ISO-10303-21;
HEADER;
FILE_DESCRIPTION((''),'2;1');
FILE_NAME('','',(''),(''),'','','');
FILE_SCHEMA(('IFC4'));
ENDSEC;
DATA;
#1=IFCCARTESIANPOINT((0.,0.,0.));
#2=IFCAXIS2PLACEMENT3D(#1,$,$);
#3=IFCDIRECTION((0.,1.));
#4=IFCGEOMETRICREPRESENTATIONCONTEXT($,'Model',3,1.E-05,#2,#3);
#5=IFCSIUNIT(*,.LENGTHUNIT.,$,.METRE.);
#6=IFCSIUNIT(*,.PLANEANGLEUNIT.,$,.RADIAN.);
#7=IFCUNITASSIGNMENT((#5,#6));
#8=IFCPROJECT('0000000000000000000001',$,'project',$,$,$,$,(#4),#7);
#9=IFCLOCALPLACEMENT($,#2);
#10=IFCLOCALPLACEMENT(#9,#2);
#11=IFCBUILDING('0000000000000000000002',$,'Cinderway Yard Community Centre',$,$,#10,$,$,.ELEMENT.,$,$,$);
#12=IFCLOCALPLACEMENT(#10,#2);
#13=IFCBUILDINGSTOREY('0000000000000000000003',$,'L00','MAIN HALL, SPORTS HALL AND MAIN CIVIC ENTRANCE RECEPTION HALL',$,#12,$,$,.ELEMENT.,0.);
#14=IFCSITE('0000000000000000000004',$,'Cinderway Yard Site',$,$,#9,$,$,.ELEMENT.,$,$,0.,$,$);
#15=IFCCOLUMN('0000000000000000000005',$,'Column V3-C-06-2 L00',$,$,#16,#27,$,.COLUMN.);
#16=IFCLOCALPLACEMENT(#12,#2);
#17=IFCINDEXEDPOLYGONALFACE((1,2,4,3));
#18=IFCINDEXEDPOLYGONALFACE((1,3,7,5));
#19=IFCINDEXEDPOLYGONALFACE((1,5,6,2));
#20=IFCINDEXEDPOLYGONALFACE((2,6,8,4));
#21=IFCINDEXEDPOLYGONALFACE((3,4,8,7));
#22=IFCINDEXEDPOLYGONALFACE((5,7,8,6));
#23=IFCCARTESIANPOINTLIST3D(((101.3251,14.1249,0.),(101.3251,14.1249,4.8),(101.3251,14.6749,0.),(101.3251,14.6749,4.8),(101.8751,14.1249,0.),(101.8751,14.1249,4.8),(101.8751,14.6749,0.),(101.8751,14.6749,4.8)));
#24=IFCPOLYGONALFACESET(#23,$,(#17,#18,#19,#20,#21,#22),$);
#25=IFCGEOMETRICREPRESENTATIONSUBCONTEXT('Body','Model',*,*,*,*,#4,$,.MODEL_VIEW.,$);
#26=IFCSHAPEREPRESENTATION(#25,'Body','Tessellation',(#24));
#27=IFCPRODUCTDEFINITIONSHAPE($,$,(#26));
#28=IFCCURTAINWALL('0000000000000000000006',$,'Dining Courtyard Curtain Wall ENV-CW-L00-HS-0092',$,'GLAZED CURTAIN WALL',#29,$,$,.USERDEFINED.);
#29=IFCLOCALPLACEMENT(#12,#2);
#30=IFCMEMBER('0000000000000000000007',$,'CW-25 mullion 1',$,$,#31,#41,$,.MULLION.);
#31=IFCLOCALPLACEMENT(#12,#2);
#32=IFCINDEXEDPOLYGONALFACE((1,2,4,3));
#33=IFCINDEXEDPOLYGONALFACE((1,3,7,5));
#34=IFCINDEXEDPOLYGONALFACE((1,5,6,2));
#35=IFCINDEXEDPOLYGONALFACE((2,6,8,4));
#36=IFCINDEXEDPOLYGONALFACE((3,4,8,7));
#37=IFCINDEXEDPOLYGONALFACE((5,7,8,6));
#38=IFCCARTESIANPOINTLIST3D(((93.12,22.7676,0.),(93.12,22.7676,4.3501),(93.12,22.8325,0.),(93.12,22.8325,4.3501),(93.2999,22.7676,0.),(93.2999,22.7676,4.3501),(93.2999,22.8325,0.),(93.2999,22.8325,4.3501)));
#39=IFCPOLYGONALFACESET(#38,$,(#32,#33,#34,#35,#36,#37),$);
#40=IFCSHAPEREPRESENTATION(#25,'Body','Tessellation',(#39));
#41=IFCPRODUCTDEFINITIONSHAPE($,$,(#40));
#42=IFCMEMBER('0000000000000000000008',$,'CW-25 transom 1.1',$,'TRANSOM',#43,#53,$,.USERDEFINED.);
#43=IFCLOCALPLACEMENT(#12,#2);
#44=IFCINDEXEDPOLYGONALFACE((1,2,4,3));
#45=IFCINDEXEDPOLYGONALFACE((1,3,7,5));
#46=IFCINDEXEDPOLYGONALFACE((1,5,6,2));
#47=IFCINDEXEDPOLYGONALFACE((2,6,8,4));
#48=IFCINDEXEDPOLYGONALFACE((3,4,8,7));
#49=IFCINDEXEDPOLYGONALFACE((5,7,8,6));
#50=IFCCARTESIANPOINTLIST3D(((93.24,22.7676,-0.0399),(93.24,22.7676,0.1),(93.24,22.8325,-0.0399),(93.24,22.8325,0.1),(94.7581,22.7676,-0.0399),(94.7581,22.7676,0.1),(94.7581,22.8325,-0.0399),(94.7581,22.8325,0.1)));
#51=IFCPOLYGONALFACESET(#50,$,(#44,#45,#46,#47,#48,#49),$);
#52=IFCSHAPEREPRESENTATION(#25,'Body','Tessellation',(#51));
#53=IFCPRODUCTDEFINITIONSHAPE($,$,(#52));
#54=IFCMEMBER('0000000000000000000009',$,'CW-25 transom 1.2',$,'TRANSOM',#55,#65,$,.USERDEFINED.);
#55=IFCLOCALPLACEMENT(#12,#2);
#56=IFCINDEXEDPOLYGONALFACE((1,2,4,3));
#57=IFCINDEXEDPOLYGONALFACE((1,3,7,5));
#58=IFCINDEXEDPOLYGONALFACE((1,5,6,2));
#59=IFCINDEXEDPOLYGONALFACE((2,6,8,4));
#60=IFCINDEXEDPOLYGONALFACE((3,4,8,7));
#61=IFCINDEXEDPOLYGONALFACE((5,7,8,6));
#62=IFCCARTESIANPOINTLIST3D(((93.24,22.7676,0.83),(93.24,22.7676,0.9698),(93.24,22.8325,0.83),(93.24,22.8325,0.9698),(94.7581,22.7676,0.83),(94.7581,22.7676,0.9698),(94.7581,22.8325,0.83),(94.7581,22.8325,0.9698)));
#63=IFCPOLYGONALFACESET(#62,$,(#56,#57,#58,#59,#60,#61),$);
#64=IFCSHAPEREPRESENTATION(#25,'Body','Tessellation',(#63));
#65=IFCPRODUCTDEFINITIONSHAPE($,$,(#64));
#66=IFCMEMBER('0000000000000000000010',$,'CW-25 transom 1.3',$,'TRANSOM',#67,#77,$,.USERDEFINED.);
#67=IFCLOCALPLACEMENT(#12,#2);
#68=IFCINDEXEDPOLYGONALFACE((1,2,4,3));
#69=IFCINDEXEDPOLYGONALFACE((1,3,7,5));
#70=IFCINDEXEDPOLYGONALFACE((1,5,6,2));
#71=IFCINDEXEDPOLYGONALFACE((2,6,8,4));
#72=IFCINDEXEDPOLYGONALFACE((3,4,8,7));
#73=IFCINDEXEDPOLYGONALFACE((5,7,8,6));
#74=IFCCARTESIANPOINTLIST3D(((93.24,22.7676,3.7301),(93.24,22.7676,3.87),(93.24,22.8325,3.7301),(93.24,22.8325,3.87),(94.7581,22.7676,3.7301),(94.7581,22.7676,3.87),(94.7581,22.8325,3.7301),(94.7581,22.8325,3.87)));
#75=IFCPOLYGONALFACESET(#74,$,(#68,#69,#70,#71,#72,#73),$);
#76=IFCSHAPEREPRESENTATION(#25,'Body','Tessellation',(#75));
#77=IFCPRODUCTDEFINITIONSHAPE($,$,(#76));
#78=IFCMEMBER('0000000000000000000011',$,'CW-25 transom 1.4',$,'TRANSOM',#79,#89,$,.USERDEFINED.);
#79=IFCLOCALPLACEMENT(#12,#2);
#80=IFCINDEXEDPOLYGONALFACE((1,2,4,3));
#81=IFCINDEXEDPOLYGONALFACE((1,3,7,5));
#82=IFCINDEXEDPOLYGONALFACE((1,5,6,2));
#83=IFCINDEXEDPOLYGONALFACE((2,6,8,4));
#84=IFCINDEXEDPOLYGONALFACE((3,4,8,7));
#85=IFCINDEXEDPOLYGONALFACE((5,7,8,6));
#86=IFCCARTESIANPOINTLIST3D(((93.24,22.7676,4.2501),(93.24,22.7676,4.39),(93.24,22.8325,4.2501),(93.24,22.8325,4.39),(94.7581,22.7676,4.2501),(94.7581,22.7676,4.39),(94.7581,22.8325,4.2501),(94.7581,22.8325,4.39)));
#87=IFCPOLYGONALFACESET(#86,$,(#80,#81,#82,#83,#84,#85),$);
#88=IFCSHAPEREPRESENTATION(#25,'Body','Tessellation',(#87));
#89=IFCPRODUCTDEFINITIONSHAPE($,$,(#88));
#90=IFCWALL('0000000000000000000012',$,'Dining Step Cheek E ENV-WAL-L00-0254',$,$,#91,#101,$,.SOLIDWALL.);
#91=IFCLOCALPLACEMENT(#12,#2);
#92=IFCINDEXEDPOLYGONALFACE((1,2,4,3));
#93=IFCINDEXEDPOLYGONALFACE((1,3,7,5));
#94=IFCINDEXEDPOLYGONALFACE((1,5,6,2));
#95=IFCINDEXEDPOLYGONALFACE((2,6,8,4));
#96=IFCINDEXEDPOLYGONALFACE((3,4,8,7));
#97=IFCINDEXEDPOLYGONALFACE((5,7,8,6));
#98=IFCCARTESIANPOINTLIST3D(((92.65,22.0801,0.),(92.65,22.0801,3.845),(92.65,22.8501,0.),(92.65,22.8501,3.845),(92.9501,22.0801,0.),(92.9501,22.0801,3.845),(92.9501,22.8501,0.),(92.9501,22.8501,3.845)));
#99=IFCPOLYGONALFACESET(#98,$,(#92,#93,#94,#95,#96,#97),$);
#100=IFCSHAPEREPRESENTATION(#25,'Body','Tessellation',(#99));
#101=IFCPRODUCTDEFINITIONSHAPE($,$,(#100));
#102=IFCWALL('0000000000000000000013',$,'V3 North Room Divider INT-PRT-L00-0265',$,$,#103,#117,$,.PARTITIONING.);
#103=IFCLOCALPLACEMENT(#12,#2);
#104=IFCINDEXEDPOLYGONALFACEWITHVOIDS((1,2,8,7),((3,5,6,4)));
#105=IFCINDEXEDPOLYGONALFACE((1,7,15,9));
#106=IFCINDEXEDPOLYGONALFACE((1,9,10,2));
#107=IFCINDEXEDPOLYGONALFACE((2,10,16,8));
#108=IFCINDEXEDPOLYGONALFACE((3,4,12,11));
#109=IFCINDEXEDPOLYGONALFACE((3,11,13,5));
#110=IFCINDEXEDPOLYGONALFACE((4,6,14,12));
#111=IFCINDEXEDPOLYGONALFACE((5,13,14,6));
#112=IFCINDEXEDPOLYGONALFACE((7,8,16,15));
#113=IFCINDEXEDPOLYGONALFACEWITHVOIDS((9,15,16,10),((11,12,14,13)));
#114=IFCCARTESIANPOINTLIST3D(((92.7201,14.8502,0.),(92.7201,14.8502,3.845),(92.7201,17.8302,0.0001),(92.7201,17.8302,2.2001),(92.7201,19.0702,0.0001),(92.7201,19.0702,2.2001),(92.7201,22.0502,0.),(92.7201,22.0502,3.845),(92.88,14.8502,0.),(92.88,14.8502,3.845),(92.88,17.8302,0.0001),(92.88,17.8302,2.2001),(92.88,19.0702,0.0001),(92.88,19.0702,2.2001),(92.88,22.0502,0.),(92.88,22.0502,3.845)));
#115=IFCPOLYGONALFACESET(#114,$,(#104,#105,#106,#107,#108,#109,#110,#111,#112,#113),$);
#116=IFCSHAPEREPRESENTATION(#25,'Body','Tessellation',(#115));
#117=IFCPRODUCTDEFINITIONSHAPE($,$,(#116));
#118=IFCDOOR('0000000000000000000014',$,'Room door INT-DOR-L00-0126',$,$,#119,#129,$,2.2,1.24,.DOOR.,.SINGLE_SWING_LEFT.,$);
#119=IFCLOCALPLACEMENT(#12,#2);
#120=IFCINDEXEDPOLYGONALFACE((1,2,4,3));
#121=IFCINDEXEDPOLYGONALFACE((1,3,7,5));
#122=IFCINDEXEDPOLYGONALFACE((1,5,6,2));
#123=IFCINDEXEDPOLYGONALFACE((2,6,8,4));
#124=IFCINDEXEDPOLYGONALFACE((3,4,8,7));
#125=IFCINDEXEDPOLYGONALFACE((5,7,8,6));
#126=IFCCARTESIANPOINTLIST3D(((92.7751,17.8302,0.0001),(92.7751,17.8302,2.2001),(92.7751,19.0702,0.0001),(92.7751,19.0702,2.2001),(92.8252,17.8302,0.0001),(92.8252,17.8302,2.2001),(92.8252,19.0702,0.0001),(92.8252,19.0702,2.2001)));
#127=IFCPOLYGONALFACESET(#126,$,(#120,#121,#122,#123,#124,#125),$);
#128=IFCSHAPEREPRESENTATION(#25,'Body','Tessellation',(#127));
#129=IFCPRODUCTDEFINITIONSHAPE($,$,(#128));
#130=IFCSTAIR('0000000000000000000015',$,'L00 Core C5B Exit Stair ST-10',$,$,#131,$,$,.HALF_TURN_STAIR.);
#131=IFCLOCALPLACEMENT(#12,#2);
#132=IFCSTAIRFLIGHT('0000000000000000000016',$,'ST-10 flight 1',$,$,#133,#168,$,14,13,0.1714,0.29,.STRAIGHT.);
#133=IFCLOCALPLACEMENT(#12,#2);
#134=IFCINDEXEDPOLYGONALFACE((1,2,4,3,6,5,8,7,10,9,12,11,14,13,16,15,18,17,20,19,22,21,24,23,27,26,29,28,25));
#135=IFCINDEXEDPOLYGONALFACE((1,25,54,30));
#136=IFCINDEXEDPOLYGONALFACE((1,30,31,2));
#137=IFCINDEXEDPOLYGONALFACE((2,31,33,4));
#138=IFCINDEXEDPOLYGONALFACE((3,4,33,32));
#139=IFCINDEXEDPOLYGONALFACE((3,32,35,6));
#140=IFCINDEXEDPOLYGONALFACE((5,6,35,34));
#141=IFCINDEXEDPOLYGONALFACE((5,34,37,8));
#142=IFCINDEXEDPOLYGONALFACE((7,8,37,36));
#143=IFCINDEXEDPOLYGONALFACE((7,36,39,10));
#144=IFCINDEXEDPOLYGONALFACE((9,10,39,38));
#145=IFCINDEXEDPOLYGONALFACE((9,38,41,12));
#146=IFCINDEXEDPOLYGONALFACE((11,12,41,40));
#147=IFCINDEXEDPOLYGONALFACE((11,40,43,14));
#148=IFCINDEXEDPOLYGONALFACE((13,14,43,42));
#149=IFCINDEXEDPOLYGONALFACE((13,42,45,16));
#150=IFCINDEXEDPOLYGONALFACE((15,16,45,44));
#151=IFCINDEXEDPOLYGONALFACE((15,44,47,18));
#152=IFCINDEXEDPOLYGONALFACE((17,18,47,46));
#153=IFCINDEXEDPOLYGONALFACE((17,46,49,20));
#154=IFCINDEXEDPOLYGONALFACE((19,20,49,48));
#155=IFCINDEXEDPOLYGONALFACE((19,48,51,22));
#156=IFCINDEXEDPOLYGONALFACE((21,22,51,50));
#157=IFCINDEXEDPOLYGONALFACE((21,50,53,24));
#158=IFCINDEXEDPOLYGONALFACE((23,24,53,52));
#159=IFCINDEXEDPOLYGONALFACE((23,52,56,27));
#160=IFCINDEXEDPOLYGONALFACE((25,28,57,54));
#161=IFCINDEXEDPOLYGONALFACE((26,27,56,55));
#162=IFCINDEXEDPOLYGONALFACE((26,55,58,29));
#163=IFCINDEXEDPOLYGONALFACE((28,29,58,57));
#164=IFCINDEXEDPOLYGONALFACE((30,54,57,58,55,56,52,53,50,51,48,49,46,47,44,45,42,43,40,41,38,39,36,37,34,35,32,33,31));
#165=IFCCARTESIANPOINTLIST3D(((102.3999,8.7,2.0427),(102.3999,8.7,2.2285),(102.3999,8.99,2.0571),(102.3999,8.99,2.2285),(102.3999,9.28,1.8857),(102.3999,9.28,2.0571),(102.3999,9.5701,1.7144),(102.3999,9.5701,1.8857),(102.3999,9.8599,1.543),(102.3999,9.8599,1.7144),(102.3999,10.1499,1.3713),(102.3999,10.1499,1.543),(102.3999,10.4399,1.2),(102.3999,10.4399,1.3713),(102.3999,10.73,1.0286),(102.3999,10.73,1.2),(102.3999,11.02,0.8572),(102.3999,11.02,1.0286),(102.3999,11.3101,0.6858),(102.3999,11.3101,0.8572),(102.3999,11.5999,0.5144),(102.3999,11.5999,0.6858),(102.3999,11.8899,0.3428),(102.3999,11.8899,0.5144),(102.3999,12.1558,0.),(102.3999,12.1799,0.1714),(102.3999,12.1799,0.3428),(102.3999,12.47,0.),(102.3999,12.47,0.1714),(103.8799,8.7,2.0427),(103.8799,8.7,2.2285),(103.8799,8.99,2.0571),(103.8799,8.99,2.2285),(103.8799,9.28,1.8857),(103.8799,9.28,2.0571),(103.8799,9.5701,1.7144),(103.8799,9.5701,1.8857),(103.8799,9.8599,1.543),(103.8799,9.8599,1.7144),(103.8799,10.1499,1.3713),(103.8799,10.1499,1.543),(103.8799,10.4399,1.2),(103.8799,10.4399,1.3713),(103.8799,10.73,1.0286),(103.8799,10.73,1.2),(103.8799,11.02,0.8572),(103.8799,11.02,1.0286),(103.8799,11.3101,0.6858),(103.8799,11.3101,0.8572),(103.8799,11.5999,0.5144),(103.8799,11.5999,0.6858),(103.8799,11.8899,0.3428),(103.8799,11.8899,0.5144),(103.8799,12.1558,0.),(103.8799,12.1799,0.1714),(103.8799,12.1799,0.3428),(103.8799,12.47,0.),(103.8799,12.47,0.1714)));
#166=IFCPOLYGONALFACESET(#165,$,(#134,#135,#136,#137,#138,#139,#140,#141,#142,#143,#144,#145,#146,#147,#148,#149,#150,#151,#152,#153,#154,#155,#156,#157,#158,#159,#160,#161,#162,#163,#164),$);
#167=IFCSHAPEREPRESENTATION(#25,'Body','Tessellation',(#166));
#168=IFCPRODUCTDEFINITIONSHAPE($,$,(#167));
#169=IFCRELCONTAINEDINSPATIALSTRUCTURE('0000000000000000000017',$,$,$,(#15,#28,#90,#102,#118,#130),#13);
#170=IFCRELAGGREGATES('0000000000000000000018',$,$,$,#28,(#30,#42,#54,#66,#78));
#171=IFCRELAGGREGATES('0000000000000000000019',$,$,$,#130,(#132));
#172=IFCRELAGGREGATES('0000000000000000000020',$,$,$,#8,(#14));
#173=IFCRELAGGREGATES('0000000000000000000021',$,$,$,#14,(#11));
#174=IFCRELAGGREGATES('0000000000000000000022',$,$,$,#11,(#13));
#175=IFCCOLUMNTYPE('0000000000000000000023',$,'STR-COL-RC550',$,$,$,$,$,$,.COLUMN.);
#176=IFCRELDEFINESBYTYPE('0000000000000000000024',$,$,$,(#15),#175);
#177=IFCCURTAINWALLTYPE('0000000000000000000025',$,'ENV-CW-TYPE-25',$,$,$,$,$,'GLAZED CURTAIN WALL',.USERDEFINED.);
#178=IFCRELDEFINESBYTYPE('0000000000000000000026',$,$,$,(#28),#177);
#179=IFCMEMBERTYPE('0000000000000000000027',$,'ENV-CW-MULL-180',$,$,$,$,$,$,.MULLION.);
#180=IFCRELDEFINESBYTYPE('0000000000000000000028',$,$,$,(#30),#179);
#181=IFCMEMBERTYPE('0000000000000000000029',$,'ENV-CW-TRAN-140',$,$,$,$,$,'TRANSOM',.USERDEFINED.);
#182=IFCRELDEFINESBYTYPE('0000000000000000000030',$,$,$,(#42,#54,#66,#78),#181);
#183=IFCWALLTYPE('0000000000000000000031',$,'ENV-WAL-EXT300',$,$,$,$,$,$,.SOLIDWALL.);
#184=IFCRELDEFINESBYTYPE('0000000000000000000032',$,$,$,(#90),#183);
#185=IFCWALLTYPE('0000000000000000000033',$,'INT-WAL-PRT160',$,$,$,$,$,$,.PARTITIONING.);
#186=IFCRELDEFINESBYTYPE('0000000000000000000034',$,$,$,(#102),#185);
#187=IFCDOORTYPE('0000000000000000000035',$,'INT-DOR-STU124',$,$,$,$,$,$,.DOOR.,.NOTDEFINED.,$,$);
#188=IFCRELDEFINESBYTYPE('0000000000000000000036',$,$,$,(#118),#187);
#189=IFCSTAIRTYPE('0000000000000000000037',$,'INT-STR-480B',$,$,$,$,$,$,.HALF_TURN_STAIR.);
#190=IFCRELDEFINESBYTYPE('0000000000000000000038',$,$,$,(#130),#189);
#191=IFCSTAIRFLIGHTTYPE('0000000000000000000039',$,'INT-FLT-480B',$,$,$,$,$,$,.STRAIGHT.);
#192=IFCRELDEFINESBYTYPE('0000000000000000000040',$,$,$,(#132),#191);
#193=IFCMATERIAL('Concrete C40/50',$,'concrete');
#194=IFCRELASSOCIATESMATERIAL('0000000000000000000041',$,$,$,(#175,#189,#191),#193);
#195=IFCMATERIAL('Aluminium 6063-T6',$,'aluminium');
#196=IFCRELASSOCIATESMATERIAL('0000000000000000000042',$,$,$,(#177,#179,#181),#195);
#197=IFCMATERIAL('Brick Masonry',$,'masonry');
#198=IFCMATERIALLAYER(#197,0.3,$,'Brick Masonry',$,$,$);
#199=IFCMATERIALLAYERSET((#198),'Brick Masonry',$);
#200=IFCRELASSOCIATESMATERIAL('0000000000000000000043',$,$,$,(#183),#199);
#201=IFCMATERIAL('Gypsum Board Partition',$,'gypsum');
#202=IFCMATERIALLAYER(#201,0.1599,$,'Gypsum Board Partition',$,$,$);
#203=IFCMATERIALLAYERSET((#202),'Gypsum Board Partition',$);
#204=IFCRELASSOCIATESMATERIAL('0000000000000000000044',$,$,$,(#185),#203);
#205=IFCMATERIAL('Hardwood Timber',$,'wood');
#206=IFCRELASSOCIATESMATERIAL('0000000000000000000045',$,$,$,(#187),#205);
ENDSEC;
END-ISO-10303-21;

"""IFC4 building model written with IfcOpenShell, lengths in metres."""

from ifc_helpers import new_model, si_unit, direction, frame, frame_2d, origin, origin_2d, place, context, subcontext, project, spatial, polyline, rectangle, outline, extrude, material, layer, layer_set, material_profile, profile_set, type_object, element, fill, aggregate, save


model = new_model("IFC4")

# Units and contexts
model_context = context("Model", 3, precision=1e-05, world=origin(), true_north=direction((0.0, 1.0)))
body_context = subcontext(model_context, "Body", "Model", "MODEL_VIEW")
ifc_project = project(units=[si_unit("LENGTHUNIT", "METRE"), si_unit("PLANEANGLEUNIT", "RADIAN")], contexts=[model_context])

# Site, building, storey
site_placement = place(None, origin())
site = spatial("IfcSite", under=ifc_project, at=site_placement, Name="Cinderway Yard Site", CompositionType="ELEMENT", RefElevation=0.0)
building_placement = place(site_placement, origin())
building = spatial("IfcBuilding", under=site, at=building_placement, Name="Cinderway Yard Community Centre", CompositionType="ELEMENT")
storey_placement = place(building_placement, origin())
storey = spatial("IfcBuildingStorey", under=building, at=storey_placement, Name="L00", Description="MAIN HALL, SPORTS HALL AND MAIN CIVIC ENTRANCE RECEPTION HALL", CompositionType="ELEMENT", Elevation=0.0)

# Shared definitions
ifc_material_1 = material(Name="Concrete C40/50", Category="concrete")

# Column
ifc_material_profile_1 = material_profile(ifc_material_1, rectangle(XDim=0.55, YDim=0.55, at=origin_2d()), Name="Concrete C40/50")
ifc_profile_set_1 = profile_set([ifc_material_profile_1], Name="Concrete C40/50")
column_type = type_object("IfcColumnType", Name="STR-COL-RC550", PredefinedType="COLUMN", material=ifc_profile_set_1)
for number, where, z_axis, x_axis, name in (
    (1, (101.6001, 14.3999, 0.0), (0.0, 0.0, 1.0), (1.0, 0.0, 0.0), "Column V3-C-06-2 L00"),
):
    element("IfcColumn", number, at=place(storey_placement, frame(where, z_axis=z_axis, x_axis=x_axis)), inside=storey, type_object=column_type, Name=name, PredefinedType="COLUMN", context=body_context, shape_type="SweptSolid", body=[
        extrude(rectangle(XDim=0.55, YDim=0.55, at=origin_2d()), origin(), (0.0, 0.0, 1.0), 4.8),
    ])

# Curtain wall, members
ifc_material_2 = material(Name="Aluminium 6063-T6", Category="aluminium")
curtain_wall_type = type_object("IfcCurtainWallType", Name="ENV-CW-TYPE-25", ElementType="GLAZED CURTAIN WALL", PredefinedType="USERDEFINED", material=ifc_material_2)
curtain_wall_placement = place(storey_placement, origin())
curtain_wall = element("IfcCurtainWall", 2, at=curtain_wall_placement, inside=storey, type_object=curtain_wall_type, Name="Dining Courtyard Curtain Wall ENV-CW-L00-HS-0092", ObjectType="GLAZED CURTAIN WALL", PredefinedType="USERDEFINED")
ifc_material_profile_2 = material_profile(ifc_material_2, rectangle(XDim=0.0649, YDim=0.1799, at=origin_2d()), Name="Aluminium 6063-T6")
ifc_profile_set_2 = profile_set([ifc_material_profile_2], Name="Aluminium 6063-T6")
member_type_1 = type_object("IfcMemberType", Name="ENV-CW-MULL-180", PredefinedType="MULLION", material=ifc_profile_set_2)
member_1_placement = place(storey_placement, frame((93.21, 22.8, 0.0), z_axis=(0.0, 0.0, 1.0), x_axis=(0.0, 1.0, 0.0)))
member_1 = element("IfcMember", 3, at=member_1_placement, type_object=member_type_1, Name="CW-25 mullion 1", PredefinedType="MULLION", context=body_context, shape_type="SweptSolid", body=[
    extrude(rectangle(XDim=0.0649, YDim=0.1799, at=origin_2d()), origin(), (0.0, 0.0, 1.0), 4.3501),
])
ifc_material_profile_3 = material_profile(ifc_material_2, rectangle(XDim=0.0649, YDim=0.1399, at=origin_2d()), Name="Aluminium 6063-T6")
ifc_profile_set_3 = profile_set([ifc_material_profile_3], Name="Aluminium 6063-T6")
member_type_2 = type_object("IfcMemberType", Name="ENV-CW-TRAN-140", ElementType="TRANSOM", PredefinedType="USERDEFINED", material=ifc_profile_set_3)
member_2_placement = place(storey_placement, frame((93.24, 22.8, 0.03), z_axis=(1.0, 0.0, 0.0), x_axis=(0.0, 1.0, 0.0)))
member_2 = element("IfcMember", 4, at=member_2_placement, type_object=member_type_2, Name="CW-25 transom 1.1", ObjectType="TRANSOM", PredefinedType="USERDEFINED", context=body_context, shape_type="SweptSolid", body=[
    extrude(rectangle(XDim=0.0649, YDim=0.1399, at=origin_2d()), origin(), (0.0, 0.0, 1.0), 1.5181),
])
member_3_placement = place(storey_placement, frame((93.24, 22.8, 0.8999), z_axis=(1.0, 0.0, 0.0), x_axis=(0.0, 1.0, 0.0)))
member_3 = element("IfcMember", 5, at=member_3_placement, type_object=member_type_2, Name="CW-25 transom 1.2", ObjectType="TRANSOM", PredefinedType="USERDEFINED", context=body_context, shape_type="SweptSolid", body=[
    extrude(rectangle(XDim=0.0649, YDim=0.1399, at=origin_2d()), origin(), (0.0, 0.0, 1.0), 1.5181),
])
member_4_placement = place(storey_placement, frame((93.24, 22.8, 3.8), z_axis=(1.0, 0.0, 0.0), x_axis=(0.0, 1.0, 0.0)))
member_4 = element("IfcMember", 6, at=member_4_placement, type_object=member_type_2, Name="CW-25 transom 1.3", ObjectType="TRANSOM", PredefinedType="USERDEFINED", context=body_context, shape_type="SweptSolid", body=[
    extrude(rectangle(XDim=0.0649, YDim=0.1399, at=origin_2d()), origin(), (0.0, 0.0, 1.0), 1.5181),
])
member_5_placement = place(storey_placement, frame((93.24, 22.8, 4.3201), z_axis=(1.0, 0.0, 0.0), x_axis=(0.0, 1.0, 0.0)))
member_5 = element("IfcMember", 7, at=member_5_placement, type_object=member_type_2, Name="CW-25 transom 1.4", ObjectType="TRANSOM", PredefinedType="USERDEFINED", context=body_context, shape_type="SweptSolid", body=[
    extrude(rectangle(XDim=0.0649, YDim=0.1399, at=origin_2d()), origin(), (0.0, 0.0, 1.0), 1.5181),
])
aggregate(curtain_wall, [member_1, member_2, member_3, member_4, member_5])

# Wall
ifc_material_3 = material(Name="Brick Masonry", Category="masonry")
ifc_layer_1 = layer(ifc_material_3, 0.3, Name="Brick Masonry")
ifc_layer_set_1 = layer_set([ifc_layer_1], Name="Brick Masonry")
wall_type_1 = type_object("IfcWallType", Name="ENV-WAL-EXT300", PredefinedType="SOLIDWALL", material=ifc_layer_set_1)
wall_1_placement = place(storey_placement, frame((92.8, 22.0801, 0.0), z_axis=(0.0, 0.0, 1.0), x_axis=(0.0, 1.0, 0.0)))
element("IfcWall", 8, at=wall_1_placement, inside=storey, type_object=wall_type_1, Name="Dining Step Cheek E ENV-WAL-L00-0254", PredefinedType="SOLIDWALL", context=body_context, shape_type="SweptSolid", body=[
    extrude(rectangle(XDim=0.77, YDim=0.3, at=frame_2d((0.385, 0.0))), origin(), (0.0, 0.0, 1.0), 3.845),
])

# Wall, opening, door
ifc_material_4 = material(Name="Gypsum Board Partition", Category="gypsum")
ifc_layer_2 = layer(ifc_material_4, 0.1599, Name="Gypsum Board Partition")
ifc_layer_set_2 = layer_set([ifc_layer_2], Name="Gypsum Board Partition")
wall_type_2 = type_object("IfcWallType", Name="INT-WAL-PRT160", PredefinedType="PARTITIONING", material=ifc_layer_set_2)
wall_2_placement = place(storey_placement, frame((92.8, 14.8501, 0.0), z_axis=(0.0, 0.0, 1.0), x_axis=(0.0, 1.0, 0.0)))
wall_2 = element("IfcWall", 9, at=wall_2_placement, inside=storey, type_object=wall_type_2, Name="V3 North Room Divider INT-PRT-L00-0265", PredefinedType="PARTITIONING", context=body_context, shape_type="SweptSolid", body=[
    extrude(rectangle(XDim=7.2, YDim=0.1599, at=frame_2d((3.6001, 0.0))), origin(), (0.0, 0.0, 1.0), 3.845),
])
opening_1_placement = place(wall_2_placement, frame((2.98, 0.0, 0.0)))
opening_1 = element("IfcOpeningElement", 10, at=opening_1_placement, cuts=wall_2, PredefinedType="OPENING", context=body_context, shape_type="SweptSolid", body=[
    extrude(rectangle(XDim=1.24, YDim=2.2, at=frame_2d((0.6201, 1.1001))), frame((0.0, 0.0898, 0.0), z_axis=(0.0, -1.0, 0.0), x_axis=(1.0, 0.0, 0.0)), (0.0, 0.0, 1.0), 0.1799),
])
ifc_material_5 = material(Name="Hardwood Timber", Category="wood")
door_type_1 = type_object("IfcDoorType", Name="INT-DOR-STU124", OperationType="NOTDEFINED", PredefinedType="DOOR", material=ifc_material_5)
door_1_placement = place(opening_1_placement, origin())
door_1 = element("IfcDoor", 11, at=door_1_placement, inside=storey, type_object=door_type_1, Name="Room door INT-DOR-L00-0126", OperationType="SINGLE_SWING_LEFT", OverallHeight=2.2, OverallWidth=1.24, PredefinedType="DOOR", context=body_context, shape_type="SweptSolid", body=[
    extrude(rectangle(XDim=1.24, YDim=2.2, at=frame_2d((0.6201, 1.1001))), frame((0.0, 0.0249, 0.0), z_axis=(0.0, -1.0, 0.0), x_axis=(1.0, 0.0, 0.0)), (0.0, 0.0, 1.0), 0.05),
])
fill(opening_1, door_1)

# Stair, stair flight
stair_type = type_object("IfcStairType", Name="INT-STR-480B", PredefinedType="HALF_TURN_STAIR", material=ifc_material_1)
stair_placement = place(storey_placement, origin())
stair = element("IfcStair", 12, at=stair_placement, inside=storey, type_object=stair_type, Name="L00 Core C5B Exit Stair ST-10", PredefinedType="HALF_TURN_STAIR")
stair_flight_type = type_object("IfcStairFlightType", Name="INT-FLT-480B", PredefinedType="STRAIGHT", material=ifc_material_1)
stair_flight_placement = place(storey_placement, frame((103.1399, 12.47, 0.0), z_axis=(0.0, 0.0, 1.0), x_axis=(0.0, -1.0, 0.0)))
stair_flight = element("IfcStairFlight", 13, at=stair_flight_placement, type_object=stair_flight_type, Name="ST-10 flight 1", NumberOfRisers=14, NumberOfTreads=13, PredefinedType="STRAIGHT", RiserHeight=0.1714, TreadLength=0.29, context=body_context, shape_type="SweptSolid", body=[
    extrude(outline(polyline([(0.0, 0.0), (0.0, 0.1714), (0.29, 0.1714), (0.29, 0.3428), (0.5801, 0.3428), (0.5801, 0.5144), (0.8701, 0.5144), (0.8701, 0.6858), (1.1599, 0.6858), (1.1599, 0.8572), (1.45, 0.8572), (1.45, 1.0286), (1.74, 1.0286), (1.74, 1.2), (2.03, 1.2), (2.03, 1.3713), (2.3201, 1.3713), (2.3201, 1.543), (2.6101, 1.543), (2.6101, 1.7144), (2.8999, 1.7144), (2.8999, 1.8857), (3.1899, 1.8857), (3.1899, 2.0571), (3.48, 2.0571), (3.48, 2.2285), (3.77, 2.2285), (3.77, 2.3999), (3.77, 2.0427), (0.3142, 0.0), (0.0, 0.0)])), frame((0.0, 0.74, 0.0), z_axis=(0.0, -1.0, 0.0), x_axis=(1.0, 0.0, 0.0)), (0.0, 0.0, 1.0), 1.48),
])
aggregate(stair, [stair_flight])

save(model, "model.ifc")
